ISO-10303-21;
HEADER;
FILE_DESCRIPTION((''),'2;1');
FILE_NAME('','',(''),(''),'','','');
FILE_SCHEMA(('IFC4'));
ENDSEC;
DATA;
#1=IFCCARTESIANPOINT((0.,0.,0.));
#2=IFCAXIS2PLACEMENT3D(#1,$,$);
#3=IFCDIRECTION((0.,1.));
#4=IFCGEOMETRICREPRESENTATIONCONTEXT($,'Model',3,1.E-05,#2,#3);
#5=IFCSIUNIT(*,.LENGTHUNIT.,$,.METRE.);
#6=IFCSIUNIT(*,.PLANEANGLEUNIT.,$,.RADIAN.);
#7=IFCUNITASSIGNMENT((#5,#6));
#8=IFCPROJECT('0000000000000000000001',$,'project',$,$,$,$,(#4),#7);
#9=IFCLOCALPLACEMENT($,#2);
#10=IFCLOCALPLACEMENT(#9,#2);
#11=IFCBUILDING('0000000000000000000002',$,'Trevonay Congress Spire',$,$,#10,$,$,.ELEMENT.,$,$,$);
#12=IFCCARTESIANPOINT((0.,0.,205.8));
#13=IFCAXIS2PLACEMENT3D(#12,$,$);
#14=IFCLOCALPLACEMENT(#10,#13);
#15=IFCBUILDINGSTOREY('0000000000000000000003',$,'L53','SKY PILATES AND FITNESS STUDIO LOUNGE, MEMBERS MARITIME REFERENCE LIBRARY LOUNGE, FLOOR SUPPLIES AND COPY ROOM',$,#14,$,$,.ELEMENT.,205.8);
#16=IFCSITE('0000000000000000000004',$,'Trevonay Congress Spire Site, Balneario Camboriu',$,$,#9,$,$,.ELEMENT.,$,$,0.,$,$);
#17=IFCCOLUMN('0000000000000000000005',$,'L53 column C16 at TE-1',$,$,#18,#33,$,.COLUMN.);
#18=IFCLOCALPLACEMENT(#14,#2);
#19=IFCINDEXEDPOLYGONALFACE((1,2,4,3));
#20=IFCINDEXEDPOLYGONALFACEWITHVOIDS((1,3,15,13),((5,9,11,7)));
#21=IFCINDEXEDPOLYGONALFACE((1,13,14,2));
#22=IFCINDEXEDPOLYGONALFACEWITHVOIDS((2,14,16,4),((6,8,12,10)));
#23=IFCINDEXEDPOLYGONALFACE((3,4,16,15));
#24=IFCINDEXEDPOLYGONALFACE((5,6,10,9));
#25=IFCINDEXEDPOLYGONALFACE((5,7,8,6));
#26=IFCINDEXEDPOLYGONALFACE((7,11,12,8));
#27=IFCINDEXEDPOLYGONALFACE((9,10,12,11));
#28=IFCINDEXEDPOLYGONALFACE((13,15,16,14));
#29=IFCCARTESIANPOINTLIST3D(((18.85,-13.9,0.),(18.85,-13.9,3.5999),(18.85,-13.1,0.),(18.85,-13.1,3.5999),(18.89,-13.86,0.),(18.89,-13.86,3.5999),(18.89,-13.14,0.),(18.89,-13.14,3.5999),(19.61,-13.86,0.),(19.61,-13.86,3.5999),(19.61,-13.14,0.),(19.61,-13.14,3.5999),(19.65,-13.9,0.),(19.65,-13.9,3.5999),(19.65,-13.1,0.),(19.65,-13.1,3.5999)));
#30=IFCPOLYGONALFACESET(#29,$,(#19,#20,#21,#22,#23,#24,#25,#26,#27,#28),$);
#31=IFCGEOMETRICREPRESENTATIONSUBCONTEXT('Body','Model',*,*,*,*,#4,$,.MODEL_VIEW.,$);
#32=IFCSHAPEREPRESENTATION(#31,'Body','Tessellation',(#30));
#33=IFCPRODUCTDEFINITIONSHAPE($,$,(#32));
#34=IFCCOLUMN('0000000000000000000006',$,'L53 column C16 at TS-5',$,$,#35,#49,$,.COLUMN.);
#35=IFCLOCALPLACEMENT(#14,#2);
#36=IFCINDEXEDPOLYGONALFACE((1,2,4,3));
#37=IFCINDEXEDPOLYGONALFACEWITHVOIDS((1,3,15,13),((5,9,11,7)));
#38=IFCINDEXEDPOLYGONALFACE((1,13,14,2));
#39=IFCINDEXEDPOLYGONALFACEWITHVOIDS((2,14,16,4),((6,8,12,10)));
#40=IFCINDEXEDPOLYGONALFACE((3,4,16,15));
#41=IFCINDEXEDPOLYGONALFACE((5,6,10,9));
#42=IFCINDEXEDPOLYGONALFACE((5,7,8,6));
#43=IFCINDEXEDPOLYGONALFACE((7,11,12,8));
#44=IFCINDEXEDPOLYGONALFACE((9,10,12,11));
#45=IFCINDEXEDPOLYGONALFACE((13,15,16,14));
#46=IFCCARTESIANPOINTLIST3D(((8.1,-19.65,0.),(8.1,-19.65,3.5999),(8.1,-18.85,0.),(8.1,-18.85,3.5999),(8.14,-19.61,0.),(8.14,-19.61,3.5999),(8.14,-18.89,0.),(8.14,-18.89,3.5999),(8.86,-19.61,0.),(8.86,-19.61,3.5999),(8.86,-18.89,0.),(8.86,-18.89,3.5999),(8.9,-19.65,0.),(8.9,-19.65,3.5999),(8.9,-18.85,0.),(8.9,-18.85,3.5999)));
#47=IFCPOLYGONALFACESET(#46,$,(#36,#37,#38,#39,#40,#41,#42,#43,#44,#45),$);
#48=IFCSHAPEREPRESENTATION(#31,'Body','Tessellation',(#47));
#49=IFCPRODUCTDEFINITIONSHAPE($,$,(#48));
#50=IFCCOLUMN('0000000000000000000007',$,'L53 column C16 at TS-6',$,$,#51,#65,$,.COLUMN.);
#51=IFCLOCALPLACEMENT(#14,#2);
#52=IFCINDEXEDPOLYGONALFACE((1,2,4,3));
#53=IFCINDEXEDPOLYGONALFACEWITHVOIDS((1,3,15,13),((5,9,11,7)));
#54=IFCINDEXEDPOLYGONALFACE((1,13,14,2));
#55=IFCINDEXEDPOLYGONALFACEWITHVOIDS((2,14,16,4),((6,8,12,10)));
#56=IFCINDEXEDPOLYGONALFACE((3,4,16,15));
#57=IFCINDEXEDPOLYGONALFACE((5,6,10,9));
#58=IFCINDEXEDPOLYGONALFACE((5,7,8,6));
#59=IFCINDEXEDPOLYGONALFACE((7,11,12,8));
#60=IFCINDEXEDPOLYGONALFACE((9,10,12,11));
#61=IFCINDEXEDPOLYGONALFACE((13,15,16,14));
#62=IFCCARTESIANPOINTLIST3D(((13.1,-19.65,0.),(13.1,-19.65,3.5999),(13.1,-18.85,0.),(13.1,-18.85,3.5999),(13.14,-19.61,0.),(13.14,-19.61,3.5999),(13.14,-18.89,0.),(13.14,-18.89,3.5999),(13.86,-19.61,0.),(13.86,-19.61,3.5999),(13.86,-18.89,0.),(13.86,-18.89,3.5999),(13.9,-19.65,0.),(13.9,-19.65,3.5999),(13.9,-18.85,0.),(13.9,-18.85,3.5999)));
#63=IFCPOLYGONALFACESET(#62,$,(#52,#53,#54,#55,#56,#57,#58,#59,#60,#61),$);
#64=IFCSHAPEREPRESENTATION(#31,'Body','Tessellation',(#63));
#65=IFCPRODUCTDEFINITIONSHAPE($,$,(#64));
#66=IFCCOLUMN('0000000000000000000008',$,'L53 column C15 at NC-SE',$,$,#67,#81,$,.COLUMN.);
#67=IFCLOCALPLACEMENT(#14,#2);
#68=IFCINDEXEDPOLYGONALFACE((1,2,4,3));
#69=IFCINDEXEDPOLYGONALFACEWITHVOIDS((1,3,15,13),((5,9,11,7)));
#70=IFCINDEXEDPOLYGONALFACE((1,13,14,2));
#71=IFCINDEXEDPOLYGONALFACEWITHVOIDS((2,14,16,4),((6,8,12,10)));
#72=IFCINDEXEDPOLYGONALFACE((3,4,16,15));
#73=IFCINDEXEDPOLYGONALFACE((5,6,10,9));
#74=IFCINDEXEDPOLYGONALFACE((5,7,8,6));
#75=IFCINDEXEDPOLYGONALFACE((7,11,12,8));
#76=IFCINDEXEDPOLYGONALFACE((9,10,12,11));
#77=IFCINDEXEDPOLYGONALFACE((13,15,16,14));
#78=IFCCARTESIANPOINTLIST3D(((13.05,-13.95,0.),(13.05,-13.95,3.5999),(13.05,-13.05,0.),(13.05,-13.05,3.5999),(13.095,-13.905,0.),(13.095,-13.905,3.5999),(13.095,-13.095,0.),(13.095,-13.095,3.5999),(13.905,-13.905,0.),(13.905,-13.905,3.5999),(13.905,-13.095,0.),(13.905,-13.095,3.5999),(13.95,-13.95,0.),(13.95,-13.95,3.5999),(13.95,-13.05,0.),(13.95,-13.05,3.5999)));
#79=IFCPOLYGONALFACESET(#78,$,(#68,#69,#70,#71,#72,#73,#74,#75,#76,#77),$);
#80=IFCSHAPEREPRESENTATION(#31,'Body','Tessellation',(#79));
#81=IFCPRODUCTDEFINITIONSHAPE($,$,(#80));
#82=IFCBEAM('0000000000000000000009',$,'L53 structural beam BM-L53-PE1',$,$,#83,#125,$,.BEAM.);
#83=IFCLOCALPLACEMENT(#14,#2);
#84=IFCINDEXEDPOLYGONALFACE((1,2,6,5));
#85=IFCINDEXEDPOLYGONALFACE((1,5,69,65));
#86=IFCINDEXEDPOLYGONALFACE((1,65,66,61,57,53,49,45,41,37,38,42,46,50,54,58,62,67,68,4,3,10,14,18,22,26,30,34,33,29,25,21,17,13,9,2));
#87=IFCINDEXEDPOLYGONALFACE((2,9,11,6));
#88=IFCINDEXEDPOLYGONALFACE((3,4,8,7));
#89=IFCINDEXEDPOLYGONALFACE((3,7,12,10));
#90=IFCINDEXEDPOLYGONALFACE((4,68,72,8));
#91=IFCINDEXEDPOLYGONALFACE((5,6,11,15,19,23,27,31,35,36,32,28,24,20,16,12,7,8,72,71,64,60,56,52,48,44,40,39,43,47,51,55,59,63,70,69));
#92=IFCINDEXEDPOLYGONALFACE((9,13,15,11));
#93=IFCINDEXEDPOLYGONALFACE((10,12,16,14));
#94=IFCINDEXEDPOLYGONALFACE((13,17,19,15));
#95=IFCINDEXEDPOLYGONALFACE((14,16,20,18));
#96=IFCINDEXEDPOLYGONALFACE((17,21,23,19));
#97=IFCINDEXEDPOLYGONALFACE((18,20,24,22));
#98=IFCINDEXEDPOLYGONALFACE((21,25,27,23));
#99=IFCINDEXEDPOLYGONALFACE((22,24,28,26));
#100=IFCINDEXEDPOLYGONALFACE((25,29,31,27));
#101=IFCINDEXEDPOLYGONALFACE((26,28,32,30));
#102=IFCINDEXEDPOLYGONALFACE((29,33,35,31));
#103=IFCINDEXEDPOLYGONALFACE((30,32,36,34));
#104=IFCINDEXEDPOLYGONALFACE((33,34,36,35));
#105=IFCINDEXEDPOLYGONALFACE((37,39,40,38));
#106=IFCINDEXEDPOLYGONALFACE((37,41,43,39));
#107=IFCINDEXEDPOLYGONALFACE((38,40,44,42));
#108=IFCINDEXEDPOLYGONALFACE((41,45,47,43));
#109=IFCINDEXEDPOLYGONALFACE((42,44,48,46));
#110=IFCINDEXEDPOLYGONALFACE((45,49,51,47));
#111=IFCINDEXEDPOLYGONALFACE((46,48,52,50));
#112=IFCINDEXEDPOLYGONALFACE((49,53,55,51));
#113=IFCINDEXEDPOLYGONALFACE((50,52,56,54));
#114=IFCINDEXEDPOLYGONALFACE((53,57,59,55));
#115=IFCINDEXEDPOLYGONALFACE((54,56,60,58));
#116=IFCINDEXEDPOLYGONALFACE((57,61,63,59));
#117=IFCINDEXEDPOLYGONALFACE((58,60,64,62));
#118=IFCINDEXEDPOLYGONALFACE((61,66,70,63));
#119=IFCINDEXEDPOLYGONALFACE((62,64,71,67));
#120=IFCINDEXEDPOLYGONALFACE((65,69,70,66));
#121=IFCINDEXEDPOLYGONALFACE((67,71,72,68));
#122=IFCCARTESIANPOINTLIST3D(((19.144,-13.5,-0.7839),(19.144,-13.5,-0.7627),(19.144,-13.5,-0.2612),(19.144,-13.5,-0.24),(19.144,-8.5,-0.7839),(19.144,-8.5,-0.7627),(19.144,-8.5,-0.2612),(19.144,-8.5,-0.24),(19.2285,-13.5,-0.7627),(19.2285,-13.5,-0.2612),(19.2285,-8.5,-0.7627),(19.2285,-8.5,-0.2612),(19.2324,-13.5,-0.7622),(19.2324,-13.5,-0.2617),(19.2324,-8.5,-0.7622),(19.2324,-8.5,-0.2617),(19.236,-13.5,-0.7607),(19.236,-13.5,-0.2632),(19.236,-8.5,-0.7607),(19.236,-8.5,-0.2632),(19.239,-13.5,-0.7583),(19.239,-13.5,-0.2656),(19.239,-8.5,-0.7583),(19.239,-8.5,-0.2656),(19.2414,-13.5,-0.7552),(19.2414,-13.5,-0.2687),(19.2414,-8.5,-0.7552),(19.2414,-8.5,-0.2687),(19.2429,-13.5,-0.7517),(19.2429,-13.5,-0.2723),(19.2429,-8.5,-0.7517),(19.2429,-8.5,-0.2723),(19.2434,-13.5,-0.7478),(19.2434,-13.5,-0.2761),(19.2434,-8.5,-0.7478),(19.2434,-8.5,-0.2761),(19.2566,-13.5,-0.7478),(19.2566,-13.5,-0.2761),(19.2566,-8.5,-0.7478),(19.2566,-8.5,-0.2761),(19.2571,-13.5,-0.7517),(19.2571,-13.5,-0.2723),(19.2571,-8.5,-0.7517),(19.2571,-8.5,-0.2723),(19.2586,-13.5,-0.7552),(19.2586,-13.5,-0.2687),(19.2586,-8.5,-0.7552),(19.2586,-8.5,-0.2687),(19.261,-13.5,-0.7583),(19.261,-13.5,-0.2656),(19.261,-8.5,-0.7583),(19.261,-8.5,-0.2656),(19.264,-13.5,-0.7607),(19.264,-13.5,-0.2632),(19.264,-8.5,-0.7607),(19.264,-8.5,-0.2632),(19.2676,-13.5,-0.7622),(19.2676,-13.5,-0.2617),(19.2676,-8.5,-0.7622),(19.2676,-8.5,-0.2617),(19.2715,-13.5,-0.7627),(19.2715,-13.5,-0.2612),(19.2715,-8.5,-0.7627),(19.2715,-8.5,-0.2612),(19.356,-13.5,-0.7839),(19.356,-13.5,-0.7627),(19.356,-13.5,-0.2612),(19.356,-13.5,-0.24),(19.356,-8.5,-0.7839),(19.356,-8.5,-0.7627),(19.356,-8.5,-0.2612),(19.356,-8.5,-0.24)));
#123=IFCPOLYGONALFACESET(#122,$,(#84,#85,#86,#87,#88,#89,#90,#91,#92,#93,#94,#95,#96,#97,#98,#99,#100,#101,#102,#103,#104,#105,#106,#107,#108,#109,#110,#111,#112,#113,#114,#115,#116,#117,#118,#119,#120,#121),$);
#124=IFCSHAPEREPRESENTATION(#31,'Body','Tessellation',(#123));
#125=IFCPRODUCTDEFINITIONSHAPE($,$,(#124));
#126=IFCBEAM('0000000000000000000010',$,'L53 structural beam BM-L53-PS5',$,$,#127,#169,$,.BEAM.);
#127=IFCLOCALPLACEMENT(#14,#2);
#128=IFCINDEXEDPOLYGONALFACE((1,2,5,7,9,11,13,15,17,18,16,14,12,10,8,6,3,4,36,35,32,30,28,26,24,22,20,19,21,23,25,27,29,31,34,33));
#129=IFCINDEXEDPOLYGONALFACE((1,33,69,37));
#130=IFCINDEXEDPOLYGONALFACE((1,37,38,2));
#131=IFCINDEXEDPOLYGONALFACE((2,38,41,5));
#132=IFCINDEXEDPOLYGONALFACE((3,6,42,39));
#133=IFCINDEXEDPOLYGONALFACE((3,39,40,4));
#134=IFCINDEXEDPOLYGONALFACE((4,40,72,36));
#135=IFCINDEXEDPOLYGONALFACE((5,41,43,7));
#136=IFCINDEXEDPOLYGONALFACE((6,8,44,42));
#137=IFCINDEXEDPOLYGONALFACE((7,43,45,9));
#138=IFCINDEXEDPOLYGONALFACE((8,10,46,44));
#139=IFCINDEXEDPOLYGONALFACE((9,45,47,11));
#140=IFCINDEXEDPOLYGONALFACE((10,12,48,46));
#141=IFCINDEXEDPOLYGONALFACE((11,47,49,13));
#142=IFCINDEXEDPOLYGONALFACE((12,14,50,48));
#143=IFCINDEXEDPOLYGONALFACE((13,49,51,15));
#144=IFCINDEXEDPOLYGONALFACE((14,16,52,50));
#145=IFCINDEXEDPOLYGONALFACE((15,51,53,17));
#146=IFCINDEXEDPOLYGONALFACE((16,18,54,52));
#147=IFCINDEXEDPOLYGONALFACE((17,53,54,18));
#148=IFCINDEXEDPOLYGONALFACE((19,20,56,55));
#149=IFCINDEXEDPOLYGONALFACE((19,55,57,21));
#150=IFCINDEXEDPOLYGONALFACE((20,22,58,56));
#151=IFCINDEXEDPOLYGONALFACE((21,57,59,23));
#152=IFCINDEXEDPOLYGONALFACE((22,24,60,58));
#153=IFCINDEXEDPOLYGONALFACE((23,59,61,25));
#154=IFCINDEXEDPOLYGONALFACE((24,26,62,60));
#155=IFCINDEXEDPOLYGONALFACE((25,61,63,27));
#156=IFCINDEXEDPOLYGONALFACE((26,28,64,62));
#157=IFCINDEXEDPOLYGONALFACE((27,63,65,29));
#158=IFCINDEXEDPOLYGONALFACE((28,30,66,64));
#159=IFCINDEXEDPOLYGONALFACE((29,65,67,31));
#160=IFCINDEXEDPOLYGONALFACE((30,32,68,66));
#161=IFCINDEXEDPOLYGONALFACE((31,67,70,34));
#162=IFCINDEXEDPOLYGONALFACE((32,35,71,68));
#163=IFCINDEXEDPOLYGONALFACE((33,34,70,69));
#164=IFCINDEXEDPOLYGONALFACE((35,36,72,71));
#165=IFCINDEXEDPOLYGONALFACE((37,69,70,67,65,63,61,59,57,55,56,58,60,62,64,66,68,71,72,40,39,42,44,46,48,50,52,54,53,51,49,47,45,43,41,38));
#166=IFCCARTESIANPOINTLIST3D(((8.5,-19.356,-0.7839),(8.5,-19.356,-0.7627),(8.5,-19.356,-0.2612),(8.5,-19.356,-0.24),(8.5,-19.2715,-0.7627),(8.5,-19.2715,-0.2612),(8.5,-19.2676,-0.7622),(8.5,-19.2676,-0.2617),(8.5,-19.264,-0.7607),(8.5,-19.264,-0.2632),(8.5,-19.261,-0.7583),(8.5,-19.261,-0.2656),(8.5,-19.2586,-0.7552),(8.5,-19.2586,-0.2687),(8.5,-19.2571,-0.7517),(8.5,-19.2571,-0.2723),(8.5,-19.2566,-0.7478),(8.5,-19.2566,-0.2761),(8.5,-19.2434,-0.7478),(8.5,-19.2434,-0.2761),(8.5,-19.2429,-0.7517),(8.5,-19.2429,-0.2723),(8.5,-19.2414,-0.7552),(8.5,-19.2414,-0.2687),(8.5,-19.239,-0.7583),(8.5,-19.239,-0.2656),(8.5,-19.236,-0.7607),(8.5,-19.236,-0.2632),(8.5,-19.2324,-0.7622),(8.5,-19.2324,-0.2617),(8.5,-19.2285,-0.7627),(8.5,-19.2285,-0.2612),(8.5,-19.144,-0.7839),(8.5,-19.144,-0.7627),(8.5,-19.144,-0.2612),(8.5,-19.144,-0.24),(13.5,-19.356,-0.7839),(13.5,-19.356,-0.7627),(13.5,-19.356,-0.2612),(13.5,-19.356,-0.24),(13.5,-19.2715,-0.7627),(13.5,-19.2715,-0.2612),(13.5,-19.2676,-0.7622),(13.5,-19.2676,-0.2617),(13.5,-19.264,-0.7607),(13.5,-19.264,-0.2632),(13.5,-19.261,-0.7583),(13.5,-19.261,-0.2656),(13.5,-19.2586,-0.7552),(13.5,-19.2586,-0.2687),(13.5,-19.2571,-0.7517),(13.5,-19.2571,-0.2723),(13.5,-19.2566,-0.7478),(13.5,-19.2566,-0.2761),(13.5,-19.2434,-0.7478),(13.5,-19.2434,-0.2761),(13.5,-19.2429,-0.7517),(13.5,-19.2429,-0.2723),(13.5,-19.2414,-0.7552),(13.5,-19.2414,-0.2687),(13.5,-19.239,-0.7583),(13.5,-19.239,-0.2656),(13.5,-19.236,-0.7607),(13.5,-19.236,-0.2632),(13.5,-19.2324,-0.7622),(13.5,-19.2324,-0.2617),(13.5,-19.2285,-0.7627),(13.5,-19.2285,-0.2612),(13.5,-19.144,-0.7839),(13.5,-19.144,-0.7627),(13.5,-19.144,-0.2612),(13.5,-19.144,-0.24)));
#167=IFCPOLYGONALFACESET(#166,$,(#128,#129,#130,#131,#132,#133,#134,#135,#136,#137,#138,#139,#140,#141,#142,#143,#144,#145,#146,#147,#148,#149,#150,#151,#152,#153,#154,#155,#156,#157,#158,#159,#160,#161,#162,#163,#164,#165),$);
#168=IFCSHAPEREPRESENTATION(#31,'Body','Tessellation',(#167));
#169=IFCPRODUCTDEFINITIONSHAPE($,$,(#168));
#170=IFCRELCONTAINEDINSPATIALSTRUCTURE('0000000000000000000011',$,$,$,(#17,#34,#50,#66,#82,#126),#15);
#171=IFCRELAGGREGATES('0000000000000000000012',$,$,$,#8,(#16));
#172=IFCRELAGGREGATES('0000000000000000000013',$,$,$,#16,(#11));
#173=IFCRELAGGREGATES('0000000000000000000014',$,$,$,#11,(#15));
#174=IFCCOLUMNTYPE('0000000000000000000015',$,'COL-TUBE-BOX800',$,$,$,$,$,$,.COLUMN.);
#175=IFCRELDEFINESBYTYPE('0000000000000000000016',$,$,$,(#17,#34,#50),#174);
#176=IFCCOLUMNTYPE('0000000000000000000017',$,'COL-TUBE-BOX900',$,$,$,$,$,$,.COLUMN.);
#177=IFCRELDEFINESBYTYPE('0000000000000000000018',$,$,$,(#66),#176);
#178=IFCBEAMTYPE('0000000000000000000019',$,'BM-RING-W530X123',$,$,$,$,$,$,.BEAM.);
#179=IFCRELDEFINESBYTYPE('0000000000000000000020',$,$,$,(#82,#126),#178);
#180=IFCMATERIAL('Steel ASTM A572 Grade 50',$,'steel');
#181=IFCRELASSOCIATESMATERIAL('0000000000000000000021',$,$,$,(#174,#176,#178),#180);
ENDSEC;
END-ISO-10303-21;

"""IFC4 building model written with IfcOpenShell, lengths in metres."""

from ifc_helpers import new_model, si_unit, direction, frame, origin, origin_2d, place, context, subcontext, project, spatial, hollow_rectangle, i_section, extrude, material, material_profile, profile_set, type_object, element, save


model = new_model("IFC4")

# Units and contexts
model_context = context("Model", 3, precision=1e-05, world=origin(), true_north=direction((0.0, 1.0)))
body_context = subcontext(model_context, "Body", "Model", "MODEL_VIEW")
ifc_project = project(units=[si_unit("LENGTHUNIT", "METRE"), si_unit("PLANEANGLEUNIT", "RADIAN")], contexts=[model_context])

# Site, building, storey
site_placement = place(None, origin())
site = spatial("IfcSite", under=ifc_project, at=site_placement, Name="Trevonay Congress Spire Site, Balneario Camboriu", CompositionType="ELEMENT", RefElevation=0.0)
building_placement = place(site_placement, origin())
building = spatial("IfcBuilding", under=site, at=building_placement, Name="Trevonay Congress Spire", CompositionType="ELEMENT")
storey_placement = place(building_placement, frame((0.0, 0.0, 205.8)))
storey = spatial("IfcBuildingStorey", under=building, at=storey_placement, Name="L53", Description="SKY PILATES AND FITNESS STUDIO LOUNGE, MEMBERS MARITIME REFERENCE LIBRARY LOUNGE, FLOOR SUPPLIES AND COPY ROOM", CompositionType="ELEMENT", Elevation=205.8)

# Columns
ifc_material_1 = material(Name="Steel ASTM A572 Grade 50", Category="steel")
ifc_material_profile_1 = material_profile(ifc_material_1, hollow_rectangle(XDim=0.8, YDim=0.8, WallThickness=0.04, at=origin_2d()), Name="BOX 800x800x40")
ifc_profile_set_1 = profile_set([ifc_material_profile_1], Name="Steel ASTM A572 Grade 50")
column_type_1 = type_object("IfcColumnType", Name="COL-TUBE-BOX800", PredefinedType="COLUMN", material=ifc_profile_set_1)
for number, where, z_axis, x_axis, name in (
    (1, (19.25, -13.5, 0.0), (0.0, 0.0, 1.0), (1.0, 0.0, 0.0), "L53 column C16 at TE-1"),
    (2, (8.5, -19.25, 0.0), (0.0, 0.0, 1.0), (1.0, 0.0, 0.0), "L53 column C16 at TS-5"),
    (3, (13.5, -19.25, 0.0), (0.0, 0.0, 1.0), (1.0, 0.0, 0.0), "L53 column C16 at TS-6"),
):
    element("IfcColumn", number, at=place(storey_placement, frame(where, z_axis=z_axis, x_axis=x_axis)), inside=storey, type_object=column_type_1, Name=name, PredefinedType="COLUMN", context=body_context, shape_type="SweptSolid", body=[
        extrude(hollow_rectangle(XDim=0.8, YDim=0.8, WallThickness=0.04, at=origin_2d()), origin(), (0.0, 0.0, 1.0), 3.5999),
    ])
ifc_material_profile_2 = material_profile(ifc_material_1, hollow_rectangle(XDim=0.8999, YDim=0.8999, WallThickness=0.0449, at=origin_2d()), Name="BOX 900x900x45")
ifc_profile_set_2 = profile_set([ifc_material_profile_2], Name="Steel ASTM A572 Grade 50")
column_type_2 = type_object("IfcColumnType", Name="COL-TUBE-BOX900", PredefinedType="COLUMN", material=ifc_profile_set_2)
column_placement = place(storey_placement, frame((13.5, -13.5, 0.0), z_axis=(0.0, 0.0, 1.0), x_axis=(1.0, 0.0, 0.0)))
element("IfcColumn", 4, at=column_placement, inside=storey, type_object=column_type_2, Name="L53 column C15 at NC-SE", PredefinedType="COLUMN", context=body_context, shape_type="SweptSolid", body=[
    extrude(hollow_rectangle(XDim=0.8999, YDim=0.8999, WallThickness=0.0449, at=origin_2d()), origin(), (0.0, 0.0, 1.0), 3.5999),
])

# Beams
ifc_material_profile_3 = material_profile(ifc_material_1, i_section(OverallWidth=0.2119, OverallDepth=0.5439, WebThickness=0.0132, FlangeThickness=0.0212, FilletRadius=0.0149, at=origin_2d()), Name="W530x123")
ifc_profile_set_3 = profile_set([ifc_material_profile_3], Name="Steel ASTM A572 Grade 50")
beam_type = type_object("IfcBeamType", Name="BM-RING-W530X123", PredefinedType="BEAM", material=ifc_profile_set_3)
for number, where, z_axis, x_axis, name in (
    (5, (19.25, -13.5, -0.512), (0.0, 1.0, 0.0), (-1.0, 0.0, 0.0), "L53 structural beam BM-L53-PE1"),
    (6, (8.5, -19.25, -0.512), (1.0, 0.0, 0.0), (0.0, 1.0, 0.0), "L53 structural beam BM-L53-PS5"),
):
    element("IfcBeam", number, at=place(storey_placement, frame(where, z_axis=z_axis, x_axis=x_axis)), inside=storey, type_object=beam_type, Name=name, PredefinedType="BEAM", context=body_context, shape_type="SweptSolid", body=[
        extrude(i_section(OverallWidth=0.2119, OverallDepth=0.5439, WebThickness=0.0132, FlangeThickness=0.0212, FilletRadius=0.0149, at=origin_2d()), origin(), (0.0, 0.0, 1.0), 5.0),
    ])

save(model, "model.ifc")
